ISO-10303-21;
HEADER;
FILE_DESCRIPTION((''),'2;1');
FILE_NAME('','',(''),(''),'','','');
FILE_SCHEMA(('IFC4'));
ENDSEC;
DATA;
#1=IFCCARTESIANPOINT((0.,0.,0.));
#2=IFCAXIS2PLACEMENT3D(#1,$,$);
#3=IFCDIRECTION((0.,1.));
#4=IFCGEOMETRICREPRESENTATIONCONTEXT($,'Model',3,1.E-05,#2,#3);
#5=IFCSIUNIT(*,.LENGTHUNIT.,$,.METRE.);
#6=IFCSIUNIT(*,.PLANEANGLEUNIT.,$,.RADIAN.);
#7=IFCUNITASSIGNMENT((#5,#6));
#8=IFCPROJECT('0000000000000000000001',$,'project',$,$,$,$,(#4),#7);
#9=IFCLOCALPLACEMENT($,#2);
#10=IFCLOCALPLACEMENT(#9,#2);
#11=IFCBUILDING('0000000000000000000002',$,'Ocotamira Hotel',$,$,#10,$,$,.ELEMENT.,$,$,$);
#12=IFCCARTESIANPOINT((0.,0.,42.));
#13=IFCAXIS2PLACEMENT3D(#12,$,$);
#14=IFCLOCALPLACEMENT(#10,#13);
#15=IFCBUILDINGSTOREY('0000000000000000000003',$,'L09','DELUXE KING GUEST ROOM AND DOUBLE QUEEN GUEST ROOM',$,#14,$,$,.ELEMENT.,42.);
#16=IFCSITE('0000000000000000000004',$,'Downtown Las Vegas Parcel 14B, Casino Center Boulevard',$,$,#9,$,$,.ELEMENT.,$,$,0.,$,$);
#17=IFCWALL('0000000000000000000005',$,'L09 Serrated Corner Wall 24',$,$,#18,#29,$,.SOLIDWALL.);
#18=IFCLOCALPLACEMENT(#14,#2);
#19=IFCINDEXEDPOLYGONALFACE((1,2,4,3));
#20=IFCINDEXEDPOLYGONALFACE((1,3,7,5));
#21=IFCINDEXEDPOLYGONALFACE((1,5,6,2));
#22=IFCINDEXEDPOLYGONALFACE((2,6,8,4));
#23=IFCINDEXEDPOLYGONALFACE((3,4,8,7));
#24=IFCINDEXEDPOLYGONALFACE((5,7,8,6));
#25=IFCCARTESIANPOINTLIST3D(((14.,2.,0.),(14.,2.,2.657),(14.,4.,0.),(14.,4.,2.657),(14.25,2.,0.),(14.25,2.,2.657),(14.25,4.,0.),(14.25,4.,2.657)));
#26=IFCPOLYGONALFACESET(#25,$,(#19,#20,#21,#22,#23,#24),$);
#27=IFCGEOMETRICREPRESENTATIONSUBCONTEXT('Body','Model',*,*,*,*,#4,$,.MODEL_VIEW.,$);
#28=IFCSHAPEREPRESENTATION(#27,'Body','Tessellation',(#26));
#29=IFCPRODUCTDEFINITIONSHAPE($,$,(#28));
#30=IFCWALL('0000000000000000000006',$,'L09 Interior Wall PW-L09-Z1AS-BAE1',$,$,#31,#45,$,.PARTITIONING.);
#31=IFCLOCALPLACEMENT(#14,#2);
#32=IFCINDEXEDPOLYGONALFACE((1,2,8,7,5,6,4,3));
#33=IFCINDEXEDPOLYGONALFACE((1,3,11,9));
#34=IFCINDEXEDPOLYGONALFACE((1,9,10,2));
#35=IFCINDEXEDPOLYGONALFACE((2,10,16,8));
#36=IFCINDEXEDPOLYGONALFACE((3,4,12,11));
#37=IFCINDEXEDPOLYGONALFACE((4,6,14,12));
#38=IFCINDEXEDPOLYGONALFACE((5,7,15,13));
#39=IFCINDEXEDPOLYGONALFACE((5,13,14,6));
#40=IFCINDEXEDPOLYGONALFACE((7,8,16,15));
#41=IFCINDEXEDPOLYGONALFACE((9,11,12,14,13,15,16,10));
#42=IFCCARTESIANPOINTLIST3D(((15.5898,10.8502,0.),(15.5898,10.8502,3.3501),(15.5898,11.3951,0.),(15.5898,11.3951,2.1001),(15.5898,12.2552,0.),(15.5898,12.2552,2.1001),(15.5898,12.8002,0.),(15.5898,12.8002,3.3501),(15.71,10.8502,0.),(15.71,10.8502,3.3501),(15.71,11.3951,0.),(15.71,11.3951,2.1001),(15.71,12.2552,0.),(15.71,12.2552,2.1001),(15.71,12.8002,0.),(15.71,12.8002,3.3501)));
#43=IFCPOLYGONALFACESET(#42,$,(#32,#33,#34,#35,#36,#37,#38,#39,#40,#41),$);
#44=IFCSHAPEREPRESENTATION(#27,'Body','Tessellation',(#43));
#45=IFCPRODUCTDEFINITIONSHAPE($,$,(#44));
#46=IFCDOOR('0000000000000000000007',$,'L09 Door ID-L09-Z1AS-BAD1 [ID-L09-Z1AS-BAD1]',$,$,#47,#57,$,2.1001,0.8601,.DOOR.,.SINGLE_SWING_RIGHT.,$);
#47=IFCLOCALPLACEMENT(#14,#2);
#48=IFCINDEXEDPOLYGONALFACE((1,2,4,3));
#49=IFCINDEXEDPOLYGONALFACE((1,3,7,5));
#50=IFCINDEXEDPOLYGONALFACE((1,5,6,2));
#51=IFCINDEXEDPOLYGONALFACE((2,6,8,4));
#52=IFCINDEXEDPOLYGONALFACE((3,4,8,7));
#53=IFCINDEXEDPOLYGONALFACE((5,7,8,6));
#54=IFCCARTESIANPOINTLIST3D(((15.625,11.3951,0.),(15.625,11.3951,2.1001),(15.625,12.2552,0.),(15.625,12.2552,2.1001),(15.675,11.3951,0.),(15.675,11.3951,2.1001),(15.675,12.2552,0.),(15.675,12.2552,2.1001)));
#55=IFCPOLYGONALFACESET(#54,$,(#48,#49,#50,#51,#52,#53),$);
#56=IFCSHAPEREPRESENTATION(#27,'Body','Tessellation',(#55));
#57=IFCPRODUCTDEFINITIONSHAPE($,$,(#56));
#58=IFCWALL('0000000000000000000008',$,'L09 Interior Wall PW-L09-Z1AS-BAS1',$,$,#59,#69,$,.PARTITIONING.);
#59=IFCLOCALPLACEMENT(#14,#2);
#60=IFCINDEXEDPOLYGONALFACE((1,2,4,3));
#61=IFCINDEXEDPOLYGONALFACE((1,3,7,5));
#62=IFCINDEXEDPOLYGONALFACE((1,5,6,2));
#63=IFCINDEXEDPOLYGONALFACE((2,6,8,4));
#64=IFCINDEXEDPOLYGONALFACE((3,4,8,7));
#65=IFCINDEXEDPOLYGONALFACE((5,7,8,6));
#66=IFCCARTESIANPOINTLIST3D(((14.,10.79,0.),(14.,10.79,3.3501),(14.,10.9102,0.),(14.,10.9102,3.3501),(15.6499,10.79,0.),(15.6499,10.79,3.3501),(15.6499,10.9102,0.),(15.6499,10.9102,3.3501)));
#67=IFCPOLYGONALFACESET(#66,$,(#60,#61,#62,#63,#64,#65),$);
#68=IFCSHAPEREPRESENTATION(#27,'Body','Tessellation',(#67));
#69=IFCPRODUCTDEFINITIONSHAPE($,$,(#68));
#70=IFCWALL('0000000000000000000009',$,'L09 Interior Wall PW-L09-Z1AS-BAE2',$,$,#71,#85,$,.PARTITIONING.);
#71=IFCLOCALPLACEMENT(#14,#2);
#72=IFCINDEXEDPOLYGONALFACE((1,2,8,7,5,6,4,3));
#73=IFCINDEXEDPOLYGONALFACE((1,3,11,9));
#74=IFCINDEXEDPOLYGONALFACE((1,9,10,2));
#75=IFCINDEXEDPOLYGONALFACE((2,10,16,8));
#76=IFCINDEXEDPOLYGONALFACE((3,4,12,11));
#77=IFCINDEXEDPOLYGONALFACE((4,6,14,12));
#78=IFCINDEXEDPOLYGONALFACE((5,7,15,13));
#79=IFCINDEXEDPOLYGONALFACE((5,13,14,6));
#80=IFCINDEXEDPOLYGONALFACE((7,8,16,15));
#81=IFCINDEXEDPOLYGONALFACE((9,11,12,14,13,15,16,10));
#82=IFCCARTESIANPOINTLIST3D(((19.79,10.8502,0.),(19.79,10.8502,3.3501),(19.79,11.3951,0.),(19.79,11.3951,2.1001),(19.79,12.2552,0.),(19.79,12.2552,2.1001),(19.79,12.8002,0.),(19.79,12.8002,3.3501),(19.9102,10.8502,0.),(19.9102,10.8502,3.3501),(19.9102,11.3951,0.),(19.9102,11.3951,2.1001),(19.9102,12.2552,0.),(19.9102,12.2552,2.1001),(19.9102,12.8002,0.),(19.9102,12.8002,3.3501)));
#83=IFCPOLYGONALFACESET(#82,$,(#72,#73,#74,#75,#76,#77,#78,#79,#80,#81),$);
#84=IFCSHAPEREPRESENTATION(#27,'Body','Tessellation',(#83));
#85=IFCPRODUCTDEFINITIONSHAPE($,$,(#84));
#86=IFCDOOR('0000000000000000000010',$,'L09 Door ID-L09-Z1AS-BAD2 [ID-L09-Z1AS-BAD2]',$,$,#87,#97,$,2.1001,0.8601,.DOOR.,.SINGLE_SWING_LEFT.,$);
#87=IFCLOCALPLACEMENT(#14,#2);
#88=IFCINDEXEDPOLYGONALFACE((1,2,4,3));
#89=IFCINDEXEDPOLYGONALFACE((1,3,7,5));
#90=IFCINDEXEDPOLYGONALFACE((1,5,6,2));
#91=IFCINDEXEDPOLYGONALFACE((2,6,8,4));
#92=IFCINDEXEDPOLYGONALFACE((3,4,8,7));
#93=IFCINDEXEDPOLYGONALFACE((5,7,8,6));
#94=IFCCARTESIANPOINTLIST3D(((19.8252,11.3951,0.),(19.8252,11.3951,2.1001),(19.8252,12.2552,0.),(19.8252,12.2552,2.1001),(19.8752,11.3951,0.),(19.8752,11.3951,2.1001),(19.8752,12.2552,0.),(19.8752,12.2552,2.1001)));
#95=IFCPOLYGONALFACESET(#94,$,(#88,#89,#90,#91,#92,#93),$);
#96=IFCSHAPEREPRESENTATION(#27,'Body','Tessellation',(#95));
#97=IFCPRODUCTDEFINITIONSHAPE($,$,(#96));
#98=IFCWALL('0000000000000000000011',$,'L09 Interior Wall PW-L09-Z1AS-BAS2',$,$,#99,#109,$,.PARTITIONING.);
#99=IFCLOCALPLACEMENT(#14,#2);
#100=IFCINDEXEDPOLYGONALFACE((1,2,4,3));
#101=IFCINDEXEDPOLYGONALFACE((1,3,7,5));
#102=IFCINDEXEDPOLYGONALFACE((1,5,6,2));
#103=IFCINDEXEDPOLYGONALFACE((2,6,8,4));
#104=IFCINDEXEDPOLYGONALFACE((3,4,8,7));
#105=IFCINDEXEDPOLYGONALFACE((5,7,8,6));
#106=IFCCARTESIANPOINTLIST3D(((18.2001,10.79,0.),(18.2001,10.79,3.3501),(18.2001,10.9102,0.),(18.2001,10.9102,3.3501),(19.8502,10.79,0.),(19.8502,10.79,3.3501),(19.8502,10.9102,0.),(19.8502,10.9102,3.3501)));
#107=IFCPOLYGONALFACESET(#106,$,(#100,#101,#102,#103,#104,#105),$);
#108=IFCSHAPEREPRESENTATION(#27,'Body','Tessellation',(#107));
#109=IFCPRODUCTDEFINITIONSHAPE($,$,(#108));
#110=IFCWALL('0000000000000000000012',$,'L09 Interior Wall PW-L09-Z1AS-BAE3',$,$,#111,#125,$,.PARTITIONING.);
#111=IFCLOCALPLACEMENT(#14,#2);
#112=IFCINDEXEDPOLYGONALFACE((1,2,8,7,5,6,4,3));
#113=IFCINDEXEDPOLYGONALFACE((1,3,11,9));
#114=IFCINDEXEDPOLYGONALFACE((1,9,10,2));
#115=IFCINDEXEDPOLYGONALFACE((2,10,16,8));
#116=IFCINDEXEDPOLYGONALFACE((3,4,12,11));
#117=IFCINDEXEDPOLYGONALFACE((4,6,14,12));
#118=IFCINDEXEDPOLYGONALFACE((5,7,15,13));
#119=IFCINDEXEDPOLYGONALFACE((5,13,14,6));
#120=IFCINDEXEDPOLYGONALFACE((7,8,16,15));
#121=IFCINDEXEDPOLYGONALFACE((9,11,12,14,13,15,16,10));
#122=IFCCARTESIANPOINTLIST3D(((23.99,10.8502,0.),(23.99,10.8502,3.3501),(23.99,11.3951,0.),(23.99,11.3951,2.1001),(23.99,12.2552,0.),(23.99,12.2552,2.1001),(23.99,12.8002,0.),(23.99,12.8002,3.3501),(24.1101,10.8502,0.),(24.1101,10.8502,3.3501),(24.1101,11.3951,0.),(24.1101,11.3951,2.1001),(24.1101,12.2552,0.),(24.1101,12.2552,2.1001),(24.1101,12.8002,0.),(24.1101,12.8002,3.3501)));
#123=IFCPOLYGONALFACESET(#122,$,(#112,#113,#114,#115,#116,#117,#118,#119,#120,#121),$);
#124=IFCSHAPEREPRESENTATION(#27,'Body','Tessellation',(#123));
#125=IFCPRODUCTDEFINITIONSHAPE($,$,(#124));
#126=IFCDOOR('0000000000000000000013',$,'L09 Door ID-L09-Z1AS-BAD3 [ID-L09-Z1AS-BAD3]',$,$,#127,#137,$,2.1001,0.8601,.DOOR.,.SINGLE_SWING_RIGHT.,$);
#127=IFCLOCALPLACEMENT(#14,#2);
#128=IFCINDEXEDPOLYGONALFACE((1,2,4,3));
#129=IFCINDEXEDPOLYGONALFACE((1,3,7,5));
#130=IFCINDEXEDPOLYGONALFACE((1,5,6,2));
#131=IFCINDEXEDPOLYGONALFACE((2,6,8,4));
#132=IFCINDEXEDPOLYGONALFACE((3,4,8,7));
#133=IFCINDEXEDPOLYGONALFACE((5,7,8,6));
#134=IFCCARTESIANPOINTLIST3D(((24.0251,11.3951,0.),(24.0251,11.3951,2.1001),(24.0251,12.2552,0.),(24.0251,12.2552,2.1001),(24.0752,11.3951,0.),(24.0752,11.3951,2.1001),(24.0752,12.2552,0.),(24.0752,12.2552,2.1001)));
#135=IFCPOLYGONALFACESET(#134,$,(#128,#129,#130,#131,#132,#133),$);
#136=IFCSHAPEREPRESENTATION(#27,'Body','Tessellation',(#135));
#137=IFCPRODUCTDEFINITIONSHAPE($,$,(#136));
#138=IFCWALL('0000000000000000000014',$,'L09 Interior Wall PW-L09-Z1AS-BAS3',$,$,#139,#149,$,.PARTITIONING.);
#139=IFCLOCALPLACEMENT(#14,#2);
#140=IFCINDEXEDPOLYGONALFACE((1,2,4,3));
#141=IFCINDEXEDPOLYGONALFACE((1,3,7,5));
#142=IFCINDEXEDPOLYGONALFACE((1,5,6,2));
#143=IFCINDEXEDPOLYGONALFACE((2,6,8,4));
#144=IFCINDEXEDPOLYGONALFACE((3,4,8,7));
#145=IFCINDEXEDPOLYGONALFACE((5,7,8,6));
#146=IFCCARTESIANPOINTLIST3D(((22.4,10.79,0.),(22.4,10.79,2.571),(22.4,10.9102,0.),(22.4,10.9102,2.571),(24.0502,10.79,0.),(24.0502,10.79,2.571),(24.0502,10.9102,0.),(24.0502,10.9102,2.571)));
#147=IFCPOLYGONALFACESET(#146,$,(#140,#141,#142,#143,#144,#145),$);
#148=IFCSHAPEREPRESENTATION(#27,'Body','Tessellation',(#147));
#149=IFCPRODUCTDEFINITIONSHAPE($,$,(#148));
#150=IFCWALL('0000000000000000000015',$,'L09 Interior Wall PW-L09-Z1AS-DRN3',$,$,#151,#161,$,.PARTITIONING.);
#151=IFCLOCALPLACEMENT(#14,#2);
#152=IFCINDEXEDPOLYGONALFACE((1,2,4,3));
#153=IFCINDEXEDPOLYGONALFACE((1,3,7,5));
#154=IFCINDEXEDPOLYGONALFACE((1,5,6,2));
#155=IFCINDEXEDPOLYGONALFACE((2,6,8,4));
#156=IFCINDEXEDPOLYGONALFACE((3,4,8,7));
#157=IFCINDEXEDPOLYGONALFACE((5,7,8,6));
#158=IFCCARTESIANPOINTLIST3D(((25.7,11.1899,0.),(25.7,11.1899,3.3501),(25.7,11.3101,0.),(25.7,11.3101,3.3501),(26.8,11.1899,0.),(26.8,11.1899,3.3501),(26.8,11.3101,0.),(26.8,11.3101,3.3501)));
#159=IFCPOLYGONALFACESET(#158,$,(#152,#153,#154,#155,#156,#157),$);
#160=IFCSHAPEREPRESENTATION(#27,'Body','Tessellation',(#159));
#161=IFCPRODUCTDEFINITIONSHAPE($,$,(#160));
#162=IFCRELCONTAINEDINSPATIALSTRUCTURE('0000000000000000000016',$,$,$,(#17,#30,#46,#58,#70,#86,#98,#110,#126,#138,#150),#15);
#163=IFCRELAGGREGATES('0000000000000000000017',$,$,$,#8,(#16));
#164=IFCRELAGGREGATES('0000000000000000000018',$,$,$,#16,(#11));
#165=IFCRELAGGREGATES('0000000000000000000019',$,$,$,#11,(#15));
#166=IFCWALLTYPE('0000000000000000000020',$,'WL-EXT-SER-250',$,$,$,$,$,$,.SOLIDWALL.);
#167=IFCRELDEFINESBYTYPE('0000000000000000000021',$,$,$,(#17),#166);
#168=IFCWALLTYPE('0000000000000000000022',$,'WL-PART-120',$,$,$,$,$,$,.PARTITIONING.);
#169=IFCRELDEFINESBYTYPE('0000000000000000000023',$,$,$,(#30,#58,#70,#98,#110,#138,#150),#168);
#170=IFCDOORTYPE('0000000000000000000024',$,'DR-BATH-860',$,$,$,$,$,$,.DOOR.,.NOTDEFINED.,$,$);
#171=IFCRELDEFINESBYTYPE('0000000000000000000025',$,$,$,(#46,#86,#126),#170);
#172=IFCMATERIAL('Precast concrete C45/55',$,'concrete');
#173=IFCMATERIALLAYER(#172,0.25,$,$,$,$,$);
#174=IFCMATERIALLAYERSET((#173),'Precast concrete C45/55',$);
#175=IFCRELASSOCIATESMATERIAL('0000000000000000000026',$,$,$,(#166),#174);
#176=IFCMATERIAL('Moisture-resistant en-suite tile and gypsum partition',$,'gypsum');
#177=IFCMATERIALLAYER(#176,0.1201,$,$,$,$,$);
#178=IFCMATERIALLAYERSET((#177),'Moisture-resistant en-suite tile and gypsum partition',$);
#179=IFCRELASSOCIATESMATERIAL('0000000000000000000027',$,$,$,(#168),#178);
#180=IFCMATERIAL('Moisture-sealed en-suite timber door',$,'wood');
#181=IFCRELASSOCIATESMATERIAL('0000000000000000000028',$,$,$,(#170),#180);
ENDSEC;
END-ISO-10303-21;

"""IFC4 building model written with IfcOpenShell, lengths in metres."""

from ifc_helpers import new_model, si_unit, direction, frame, frame_2d, origin, place, context, subcontext, project, spatial, rectangle, extrude, source, transform, mapped, material, layer, layer_set, type_object, element, fill, save


model = new_model("IFC4")

# Units and contexts
model_context = context("Model", 3, precision=1e-05, world=origin(), true_north=direction((0.0, 1.0)))
body_context = subcontext(model_context, "Body", "Model", "MODEL_VIEW")
ifc_project = project(units=[si_unit("LENGTHUNIT", "METRE"), si_unit("PLANEANGLEUNIT", "RADIAN")], contexts=[model_context])

# Site, building, storey
site_placement = place(None, origin())
site = spatial("IfcSite", under=ifc_project, at=site_placement, Name="Downtown Las Vegas Parcel 14B, Casino Center Boulevard", CompositionType="ELEMENT", RefElevation=0.0)
building_placement = place(site_placement, origin())
building = spatial("IfcBuilding", under=site, at=building_placement, Name="Ocotamira Hotel", CompositionType="ELEMENT")
storey_placement = place(building_placement, frame((0.0, 0.0, 42.0)))
storey = spatial("IfcBuildingStorey", under=building, at=storey_placement, Name="L09", Description="DELUXE KING GUEST ROOM AND DOUBLE QUEEN GUEST ROOM", CompositionType="ELEMENT", Elevation=42.0)

# Wall
ifc_material_1 = material(Name="Precast concrete C45/55", Category="concrete")
ifc_layer_1 = layer(ifc_material_1, 0.25)
ifc_layer_set_1 = layer_set([ifc_layer_1], Name="Precast concrete C45/55")
wall_type_1 = type_object("IfcWallType", Name="WL-EXT-SER-250", PredefinedType="SOLIDWALL", material=ifc_layer_set_1)
wall_1_placement = place(storey_placement, frame((14.125, 4.0, 0.0), z_axis=(0.0, 0.0, 1.0), x_axis=(0.0, -1.0, 0.0)))
element("IfcWall", 1, at=wall_1_placement, inside=storey, type_object=wall_type_1, Name="L09 Serrated Corner Wall 24", PredefinedType="SOLIDWALL", context=body_context, shape_type="SweptSolid", body=[
    extrude(rectangle(XDim=2.0, YDim=0.25, at=frame_2d((1.0, 0.0))), origin(), (0.0, 0.0, 1.0), 2.657),
])

# Wall, opening, door
ifc_material_2 = material(Name="Moisture-resistant en-suite tile and gypsum partition", Category="gypsum")
ifc_layer_2 = layer(ifc_material_2, 0.1201)
ifc_layer_set_2 = layer_set([ifc_layer_2], Name="Moisture-resistant en-suite tile and gypsum partition")
wall_type_2 = type_object("IfcWallType", Name="WL-PART-120", PredefinedType="PARTITIONING", material=ifc_layer_set_2)
wall_2_placement = place(storey_placement, frame((15.6499, 10.8501, 0.0), z_axis=(0.0, 0.0, 1.0), x_axis=(0.0, 1.0, 0.0)))
wall_2 = element("IfcWall", 2, at=wall_2_placement, inside=storey, type_object=wall_type_2, Name="L09 Interior Wall PW-L09-Z1AS-BAE1", PredefinedType="PARTITIONING", context=body_context, shape_type="SweptSolid", body=[
    extrude(rectangle(XDim=1.95, YDim=0.1201, at=frame_2d((0.9751, 0.0))), origin(), (0.0, 0.0, 1.0), 3.3501),
])
opening_1_placement = place(wall_2_placement, frame((0.5449, 0.0, 0.0)))
opening_1 = element("IfcOpeningElement", 3, at=opening_1_placement, cuts=wall_2, PredefinedType="OPENING", context=body_context, shape_type="SweptSolid", body=[
    extrude(rectangle(XDim=0.8601, YDim=2.1001, at=frame_2d((0.4302, 1.05))), frame((0.0, 0.0701, 0.0), z_axis=(0.0, -1.0, 0.0), x_axis=(1.0, 0.0, 0.0)), (0.0, 0.0, 1.0), 0.1401),
])
ifc_material_3 = material(Name="Moisture-sealed en-suite timber door", Category="wood")
door_type_1 = type_object("IfcDoorType", Name="DR-BATH-860", OperationType="NOTDEFINED", PredefinedType="DOOR", material=ifc_material_3)
shared_shape_1 = source(origin(), body_context, "Body", "SweptSolid", [
    extrude(rectangle(XDim=0.8601, YDim=2.1001, at=frame_2d((0.4302, 1.05))), frame((0.0, 0.0249, 0.0), z_axis=(0.0, -1.0, 0.0), x_axis=(1.0, 0.0, 0.0)), (0.0, 0.0, 1.0), 0.05),
])
door_1_placement = place(opening_1_placement, origin())
door_1 = element("IfcDoor", 4, at=door_1_placement, inside=storey, type_object=door_type_1, Name="L09 Door ID-L09-Z1AS-BAD1 [ID-L09-Z1AS-BAD1]", OperationType="SINGLE_SWING_RIGHT", OverallHeight=2.1001, OverallWidth=0.8601, PredefinedType="DOOR", context=body_context, shape_type="MappedRepresentation", body=[
    mapped(shared_shape_1, transform((0.0, 0.0, 0.0), scale=1.0)),
])
fill(opening_1, door_1)

# Wall
wall_3_placement = place(storey_placement, frame((14.0, 10.8501, 0.0), z_axis=(0.0, 0.0, 1.0), x_axis=(1.0, 0.0, 0.0)))
element("IfcWall", 5, at=wall_3_placement, inside=storey, type_object=wall_type_2, Name="L09 Interior Wall PW-L09-Z1AS-BAS1", PredefinedType="PARTITIONING", context=body_context, shape_type="SweptSolid", body=[
    extrude(rectangle(XDim=1.6499, YDim=0.1201, at=frame_2d((0.825, 0.0))), origin(), (0.0, 0.0, 1.0), 3.3501),
])

# Wall, opening, door
wall_4_placement = place(storey_placement, frame((19.8501, 10.8501, 0.0), z_axis=(0.0, 0.0, 1.0), x_axis=(0.0, 1.0, 0.0)))
wall_4 = element("IfcWall", 6, at=wall_4_placement, inside=storey, type_object=wall_type_2, Name="L09 Interior Wall PW-L09-Z1AS-BAE2", PredefinedType="PARTITIONING", context=body_context, shape_type="SweptSolid", body=[
    extrude(rectangle(XDim=1.95, YDim=0.1201, at=frame_2d((0.9751, 0.0))), origin(), (0.0, 0.0, 1.0), 3.3501),
])
opening_2_placement = place(wall_4_placement, frame((0.5449, 0.0, 0.0)))
opening_2 = element("IfcOpeningElement", 7, at=opening_2_placement, cuts=wall_4, PredefinedType="OPENING", context=body_context, shape_type="SweptSolid", body=[
    extrude(rectangle(XDim=0.8601, YDim=2.1001, at=frame_2d((0.4302, 1.05))), frame((0.0, 0.0701, 0.0), z_axis=(0.0, -1.0, 0.0), x_axis=(1.0, 0.0, 0.0)), (0.0, 0.0, 1.0), 0.1401),
])
door_2_placement = place(opening_2_placement, origin())
door_2 = element("IfcDoor", 8, at=door_2_placement, inside=storey, type_object=door_type_1, Name="L09 Door ID-L09-Z1AS-BAD2 [ID-L09-Z1AS-BAD2]", OperationType="SINGLE_SWING_LEFT", OverallHeight=2.1001, OverallWidth=0.8601, PredefinedType="DOOR", context=body_context, shape_type="MappedRepresentation", body=[
    mapped(shared_shape_1, transform((0.0, 0.0, 0.0), scale=1.0)),
])
fill(opening_2, door_2)

# Wall
wall_5_placement = place(storey_placement, frame((18.2, 10.8501, 0.0), z_axis=(0.0, 0.0, 1.0), x_axis=(1.0, 0.0, 0.0)))
element("IfcWall", 9, at=wall_5_placement, inside=storey, type_object=wall_type_2, Name="L09 Interior Wall PW-L09-Z1AS-BAS2", PredefinedType="PARTITIONING", context=body_context, shape_type="SweptSolid", body=[
    extrude(rectangle(XDim=1.6501, YDim=0.1201, at=frame_2d((0.8252, 0.0))), origin(), (0.0, 0.0, 1.0), 3.3501),
])

# Wall, opening, door
wall_6_placement = place(storey_placement, frame((24.05, 10.8501, 0.0), z_axis=(0.0, 0.0, 1.0), x_axis=(0.0, 1.0, 0.0)))
wall_6 = element("IfcWall", 10, at=wall_6_placement, inside=storey, type_object=wall_type_2, Name="L09 Interior Wall PW-L09-Z1AS-BAE3", PredefinedType="PARTITIONING", context=body_context, shape_type="SweptSolid", body=[
    extrude(rectangle(XDim=1.95, YDim=0.1201, at=frame_2d((0.9751, 0.0))), origin(), (0.0, 0.0, 1.0), 3.3501),
])
opening_3_placement = place(wall_6_placement, frame((0.5449, 0.0, 0.0)))
opening_3 = element("IfcOpeningElement", 11, at=opening_3_placement, cuts=wall_6, PredefinedType="OPENING", context=body_context, shape_type="SweptSolid", body=[
    extrude(rectangle(XDim=0.8601, YDim=2.1001, at=frame_2d((0.4302, 1.05))), frame((0.0, 0.0701, 0.0), z_axis=(0.0, -1.0, 0.0), x_axis=(1.0, 0.0, 0.0)), (0.0, 0.0, 1.0), 0.1401),
])
door_3_placement = place(opening_3_placement, origin())
door_3 = element("IfcDoor", 12, at=door_3_placement, inside=storey, type_object=door_type_1, Name="L09 Door ID-L09-Z1AS-BAD3 [ID-L09-Z1AS-BAD3]", OperationType="SINGLE_SWING_RIGHT", OverallHeight=2.1001, OverallWidth=0.8601, PredefinedType="DOOR", context=body_context, shape_type="MappedRepresentation", body=[
    mapped(shared_shape_1, transform((0.0, 0.0, 0.0), scale=1.0)),
])
fill(opening_3, door_3)

# Walls
wall_7_placement = place(storey_placement, frame((22.3999, 10.8501, 0.0), z_axis=(0.0, 0.0, 1.0), x_axis=(1.0, 0.0, 0.0)))
element("IfcWall", 13, at=wall_7_placement, inside=storey, type_object=wall_type_2, Name="L09 Interior Wall PW-L09-Z1AS-BAS3", PredefinedType="PARTITIONING", context=body_context, shape_type="SweptSolid", body=[
    extrude(rectangle(XDim=1.6501, YDim=0.1201, at=frame_2d((0.8252, 0.0))), origin(), (0.0, 0.0, 1.0), 2.571),
])
wall_8_placement = place(storey_placement, frame((25.7, 11.25, 0.0), z_axis=(0.0, 0.0, 1.0), x_axis=(1.0, 0.0, 0.0)))
element("IfcWall", 14, at=wall_8_placement, inside=storey, type_object=wall_type_2, Name="L09 Interior Wall PW-L09-Z1AS-DRN3", PredefinedType="PARTITIONING", context=body_context, shape_type="SweptSolid", body=[
    extrude(rectangle(XDim=1.1001, YDim=0.1201, at=frame_2d((0.55, 0.0))), origin(), (0.0, 0.0, 1.0), 3.3501),
])

save(model, "model.ifc")
